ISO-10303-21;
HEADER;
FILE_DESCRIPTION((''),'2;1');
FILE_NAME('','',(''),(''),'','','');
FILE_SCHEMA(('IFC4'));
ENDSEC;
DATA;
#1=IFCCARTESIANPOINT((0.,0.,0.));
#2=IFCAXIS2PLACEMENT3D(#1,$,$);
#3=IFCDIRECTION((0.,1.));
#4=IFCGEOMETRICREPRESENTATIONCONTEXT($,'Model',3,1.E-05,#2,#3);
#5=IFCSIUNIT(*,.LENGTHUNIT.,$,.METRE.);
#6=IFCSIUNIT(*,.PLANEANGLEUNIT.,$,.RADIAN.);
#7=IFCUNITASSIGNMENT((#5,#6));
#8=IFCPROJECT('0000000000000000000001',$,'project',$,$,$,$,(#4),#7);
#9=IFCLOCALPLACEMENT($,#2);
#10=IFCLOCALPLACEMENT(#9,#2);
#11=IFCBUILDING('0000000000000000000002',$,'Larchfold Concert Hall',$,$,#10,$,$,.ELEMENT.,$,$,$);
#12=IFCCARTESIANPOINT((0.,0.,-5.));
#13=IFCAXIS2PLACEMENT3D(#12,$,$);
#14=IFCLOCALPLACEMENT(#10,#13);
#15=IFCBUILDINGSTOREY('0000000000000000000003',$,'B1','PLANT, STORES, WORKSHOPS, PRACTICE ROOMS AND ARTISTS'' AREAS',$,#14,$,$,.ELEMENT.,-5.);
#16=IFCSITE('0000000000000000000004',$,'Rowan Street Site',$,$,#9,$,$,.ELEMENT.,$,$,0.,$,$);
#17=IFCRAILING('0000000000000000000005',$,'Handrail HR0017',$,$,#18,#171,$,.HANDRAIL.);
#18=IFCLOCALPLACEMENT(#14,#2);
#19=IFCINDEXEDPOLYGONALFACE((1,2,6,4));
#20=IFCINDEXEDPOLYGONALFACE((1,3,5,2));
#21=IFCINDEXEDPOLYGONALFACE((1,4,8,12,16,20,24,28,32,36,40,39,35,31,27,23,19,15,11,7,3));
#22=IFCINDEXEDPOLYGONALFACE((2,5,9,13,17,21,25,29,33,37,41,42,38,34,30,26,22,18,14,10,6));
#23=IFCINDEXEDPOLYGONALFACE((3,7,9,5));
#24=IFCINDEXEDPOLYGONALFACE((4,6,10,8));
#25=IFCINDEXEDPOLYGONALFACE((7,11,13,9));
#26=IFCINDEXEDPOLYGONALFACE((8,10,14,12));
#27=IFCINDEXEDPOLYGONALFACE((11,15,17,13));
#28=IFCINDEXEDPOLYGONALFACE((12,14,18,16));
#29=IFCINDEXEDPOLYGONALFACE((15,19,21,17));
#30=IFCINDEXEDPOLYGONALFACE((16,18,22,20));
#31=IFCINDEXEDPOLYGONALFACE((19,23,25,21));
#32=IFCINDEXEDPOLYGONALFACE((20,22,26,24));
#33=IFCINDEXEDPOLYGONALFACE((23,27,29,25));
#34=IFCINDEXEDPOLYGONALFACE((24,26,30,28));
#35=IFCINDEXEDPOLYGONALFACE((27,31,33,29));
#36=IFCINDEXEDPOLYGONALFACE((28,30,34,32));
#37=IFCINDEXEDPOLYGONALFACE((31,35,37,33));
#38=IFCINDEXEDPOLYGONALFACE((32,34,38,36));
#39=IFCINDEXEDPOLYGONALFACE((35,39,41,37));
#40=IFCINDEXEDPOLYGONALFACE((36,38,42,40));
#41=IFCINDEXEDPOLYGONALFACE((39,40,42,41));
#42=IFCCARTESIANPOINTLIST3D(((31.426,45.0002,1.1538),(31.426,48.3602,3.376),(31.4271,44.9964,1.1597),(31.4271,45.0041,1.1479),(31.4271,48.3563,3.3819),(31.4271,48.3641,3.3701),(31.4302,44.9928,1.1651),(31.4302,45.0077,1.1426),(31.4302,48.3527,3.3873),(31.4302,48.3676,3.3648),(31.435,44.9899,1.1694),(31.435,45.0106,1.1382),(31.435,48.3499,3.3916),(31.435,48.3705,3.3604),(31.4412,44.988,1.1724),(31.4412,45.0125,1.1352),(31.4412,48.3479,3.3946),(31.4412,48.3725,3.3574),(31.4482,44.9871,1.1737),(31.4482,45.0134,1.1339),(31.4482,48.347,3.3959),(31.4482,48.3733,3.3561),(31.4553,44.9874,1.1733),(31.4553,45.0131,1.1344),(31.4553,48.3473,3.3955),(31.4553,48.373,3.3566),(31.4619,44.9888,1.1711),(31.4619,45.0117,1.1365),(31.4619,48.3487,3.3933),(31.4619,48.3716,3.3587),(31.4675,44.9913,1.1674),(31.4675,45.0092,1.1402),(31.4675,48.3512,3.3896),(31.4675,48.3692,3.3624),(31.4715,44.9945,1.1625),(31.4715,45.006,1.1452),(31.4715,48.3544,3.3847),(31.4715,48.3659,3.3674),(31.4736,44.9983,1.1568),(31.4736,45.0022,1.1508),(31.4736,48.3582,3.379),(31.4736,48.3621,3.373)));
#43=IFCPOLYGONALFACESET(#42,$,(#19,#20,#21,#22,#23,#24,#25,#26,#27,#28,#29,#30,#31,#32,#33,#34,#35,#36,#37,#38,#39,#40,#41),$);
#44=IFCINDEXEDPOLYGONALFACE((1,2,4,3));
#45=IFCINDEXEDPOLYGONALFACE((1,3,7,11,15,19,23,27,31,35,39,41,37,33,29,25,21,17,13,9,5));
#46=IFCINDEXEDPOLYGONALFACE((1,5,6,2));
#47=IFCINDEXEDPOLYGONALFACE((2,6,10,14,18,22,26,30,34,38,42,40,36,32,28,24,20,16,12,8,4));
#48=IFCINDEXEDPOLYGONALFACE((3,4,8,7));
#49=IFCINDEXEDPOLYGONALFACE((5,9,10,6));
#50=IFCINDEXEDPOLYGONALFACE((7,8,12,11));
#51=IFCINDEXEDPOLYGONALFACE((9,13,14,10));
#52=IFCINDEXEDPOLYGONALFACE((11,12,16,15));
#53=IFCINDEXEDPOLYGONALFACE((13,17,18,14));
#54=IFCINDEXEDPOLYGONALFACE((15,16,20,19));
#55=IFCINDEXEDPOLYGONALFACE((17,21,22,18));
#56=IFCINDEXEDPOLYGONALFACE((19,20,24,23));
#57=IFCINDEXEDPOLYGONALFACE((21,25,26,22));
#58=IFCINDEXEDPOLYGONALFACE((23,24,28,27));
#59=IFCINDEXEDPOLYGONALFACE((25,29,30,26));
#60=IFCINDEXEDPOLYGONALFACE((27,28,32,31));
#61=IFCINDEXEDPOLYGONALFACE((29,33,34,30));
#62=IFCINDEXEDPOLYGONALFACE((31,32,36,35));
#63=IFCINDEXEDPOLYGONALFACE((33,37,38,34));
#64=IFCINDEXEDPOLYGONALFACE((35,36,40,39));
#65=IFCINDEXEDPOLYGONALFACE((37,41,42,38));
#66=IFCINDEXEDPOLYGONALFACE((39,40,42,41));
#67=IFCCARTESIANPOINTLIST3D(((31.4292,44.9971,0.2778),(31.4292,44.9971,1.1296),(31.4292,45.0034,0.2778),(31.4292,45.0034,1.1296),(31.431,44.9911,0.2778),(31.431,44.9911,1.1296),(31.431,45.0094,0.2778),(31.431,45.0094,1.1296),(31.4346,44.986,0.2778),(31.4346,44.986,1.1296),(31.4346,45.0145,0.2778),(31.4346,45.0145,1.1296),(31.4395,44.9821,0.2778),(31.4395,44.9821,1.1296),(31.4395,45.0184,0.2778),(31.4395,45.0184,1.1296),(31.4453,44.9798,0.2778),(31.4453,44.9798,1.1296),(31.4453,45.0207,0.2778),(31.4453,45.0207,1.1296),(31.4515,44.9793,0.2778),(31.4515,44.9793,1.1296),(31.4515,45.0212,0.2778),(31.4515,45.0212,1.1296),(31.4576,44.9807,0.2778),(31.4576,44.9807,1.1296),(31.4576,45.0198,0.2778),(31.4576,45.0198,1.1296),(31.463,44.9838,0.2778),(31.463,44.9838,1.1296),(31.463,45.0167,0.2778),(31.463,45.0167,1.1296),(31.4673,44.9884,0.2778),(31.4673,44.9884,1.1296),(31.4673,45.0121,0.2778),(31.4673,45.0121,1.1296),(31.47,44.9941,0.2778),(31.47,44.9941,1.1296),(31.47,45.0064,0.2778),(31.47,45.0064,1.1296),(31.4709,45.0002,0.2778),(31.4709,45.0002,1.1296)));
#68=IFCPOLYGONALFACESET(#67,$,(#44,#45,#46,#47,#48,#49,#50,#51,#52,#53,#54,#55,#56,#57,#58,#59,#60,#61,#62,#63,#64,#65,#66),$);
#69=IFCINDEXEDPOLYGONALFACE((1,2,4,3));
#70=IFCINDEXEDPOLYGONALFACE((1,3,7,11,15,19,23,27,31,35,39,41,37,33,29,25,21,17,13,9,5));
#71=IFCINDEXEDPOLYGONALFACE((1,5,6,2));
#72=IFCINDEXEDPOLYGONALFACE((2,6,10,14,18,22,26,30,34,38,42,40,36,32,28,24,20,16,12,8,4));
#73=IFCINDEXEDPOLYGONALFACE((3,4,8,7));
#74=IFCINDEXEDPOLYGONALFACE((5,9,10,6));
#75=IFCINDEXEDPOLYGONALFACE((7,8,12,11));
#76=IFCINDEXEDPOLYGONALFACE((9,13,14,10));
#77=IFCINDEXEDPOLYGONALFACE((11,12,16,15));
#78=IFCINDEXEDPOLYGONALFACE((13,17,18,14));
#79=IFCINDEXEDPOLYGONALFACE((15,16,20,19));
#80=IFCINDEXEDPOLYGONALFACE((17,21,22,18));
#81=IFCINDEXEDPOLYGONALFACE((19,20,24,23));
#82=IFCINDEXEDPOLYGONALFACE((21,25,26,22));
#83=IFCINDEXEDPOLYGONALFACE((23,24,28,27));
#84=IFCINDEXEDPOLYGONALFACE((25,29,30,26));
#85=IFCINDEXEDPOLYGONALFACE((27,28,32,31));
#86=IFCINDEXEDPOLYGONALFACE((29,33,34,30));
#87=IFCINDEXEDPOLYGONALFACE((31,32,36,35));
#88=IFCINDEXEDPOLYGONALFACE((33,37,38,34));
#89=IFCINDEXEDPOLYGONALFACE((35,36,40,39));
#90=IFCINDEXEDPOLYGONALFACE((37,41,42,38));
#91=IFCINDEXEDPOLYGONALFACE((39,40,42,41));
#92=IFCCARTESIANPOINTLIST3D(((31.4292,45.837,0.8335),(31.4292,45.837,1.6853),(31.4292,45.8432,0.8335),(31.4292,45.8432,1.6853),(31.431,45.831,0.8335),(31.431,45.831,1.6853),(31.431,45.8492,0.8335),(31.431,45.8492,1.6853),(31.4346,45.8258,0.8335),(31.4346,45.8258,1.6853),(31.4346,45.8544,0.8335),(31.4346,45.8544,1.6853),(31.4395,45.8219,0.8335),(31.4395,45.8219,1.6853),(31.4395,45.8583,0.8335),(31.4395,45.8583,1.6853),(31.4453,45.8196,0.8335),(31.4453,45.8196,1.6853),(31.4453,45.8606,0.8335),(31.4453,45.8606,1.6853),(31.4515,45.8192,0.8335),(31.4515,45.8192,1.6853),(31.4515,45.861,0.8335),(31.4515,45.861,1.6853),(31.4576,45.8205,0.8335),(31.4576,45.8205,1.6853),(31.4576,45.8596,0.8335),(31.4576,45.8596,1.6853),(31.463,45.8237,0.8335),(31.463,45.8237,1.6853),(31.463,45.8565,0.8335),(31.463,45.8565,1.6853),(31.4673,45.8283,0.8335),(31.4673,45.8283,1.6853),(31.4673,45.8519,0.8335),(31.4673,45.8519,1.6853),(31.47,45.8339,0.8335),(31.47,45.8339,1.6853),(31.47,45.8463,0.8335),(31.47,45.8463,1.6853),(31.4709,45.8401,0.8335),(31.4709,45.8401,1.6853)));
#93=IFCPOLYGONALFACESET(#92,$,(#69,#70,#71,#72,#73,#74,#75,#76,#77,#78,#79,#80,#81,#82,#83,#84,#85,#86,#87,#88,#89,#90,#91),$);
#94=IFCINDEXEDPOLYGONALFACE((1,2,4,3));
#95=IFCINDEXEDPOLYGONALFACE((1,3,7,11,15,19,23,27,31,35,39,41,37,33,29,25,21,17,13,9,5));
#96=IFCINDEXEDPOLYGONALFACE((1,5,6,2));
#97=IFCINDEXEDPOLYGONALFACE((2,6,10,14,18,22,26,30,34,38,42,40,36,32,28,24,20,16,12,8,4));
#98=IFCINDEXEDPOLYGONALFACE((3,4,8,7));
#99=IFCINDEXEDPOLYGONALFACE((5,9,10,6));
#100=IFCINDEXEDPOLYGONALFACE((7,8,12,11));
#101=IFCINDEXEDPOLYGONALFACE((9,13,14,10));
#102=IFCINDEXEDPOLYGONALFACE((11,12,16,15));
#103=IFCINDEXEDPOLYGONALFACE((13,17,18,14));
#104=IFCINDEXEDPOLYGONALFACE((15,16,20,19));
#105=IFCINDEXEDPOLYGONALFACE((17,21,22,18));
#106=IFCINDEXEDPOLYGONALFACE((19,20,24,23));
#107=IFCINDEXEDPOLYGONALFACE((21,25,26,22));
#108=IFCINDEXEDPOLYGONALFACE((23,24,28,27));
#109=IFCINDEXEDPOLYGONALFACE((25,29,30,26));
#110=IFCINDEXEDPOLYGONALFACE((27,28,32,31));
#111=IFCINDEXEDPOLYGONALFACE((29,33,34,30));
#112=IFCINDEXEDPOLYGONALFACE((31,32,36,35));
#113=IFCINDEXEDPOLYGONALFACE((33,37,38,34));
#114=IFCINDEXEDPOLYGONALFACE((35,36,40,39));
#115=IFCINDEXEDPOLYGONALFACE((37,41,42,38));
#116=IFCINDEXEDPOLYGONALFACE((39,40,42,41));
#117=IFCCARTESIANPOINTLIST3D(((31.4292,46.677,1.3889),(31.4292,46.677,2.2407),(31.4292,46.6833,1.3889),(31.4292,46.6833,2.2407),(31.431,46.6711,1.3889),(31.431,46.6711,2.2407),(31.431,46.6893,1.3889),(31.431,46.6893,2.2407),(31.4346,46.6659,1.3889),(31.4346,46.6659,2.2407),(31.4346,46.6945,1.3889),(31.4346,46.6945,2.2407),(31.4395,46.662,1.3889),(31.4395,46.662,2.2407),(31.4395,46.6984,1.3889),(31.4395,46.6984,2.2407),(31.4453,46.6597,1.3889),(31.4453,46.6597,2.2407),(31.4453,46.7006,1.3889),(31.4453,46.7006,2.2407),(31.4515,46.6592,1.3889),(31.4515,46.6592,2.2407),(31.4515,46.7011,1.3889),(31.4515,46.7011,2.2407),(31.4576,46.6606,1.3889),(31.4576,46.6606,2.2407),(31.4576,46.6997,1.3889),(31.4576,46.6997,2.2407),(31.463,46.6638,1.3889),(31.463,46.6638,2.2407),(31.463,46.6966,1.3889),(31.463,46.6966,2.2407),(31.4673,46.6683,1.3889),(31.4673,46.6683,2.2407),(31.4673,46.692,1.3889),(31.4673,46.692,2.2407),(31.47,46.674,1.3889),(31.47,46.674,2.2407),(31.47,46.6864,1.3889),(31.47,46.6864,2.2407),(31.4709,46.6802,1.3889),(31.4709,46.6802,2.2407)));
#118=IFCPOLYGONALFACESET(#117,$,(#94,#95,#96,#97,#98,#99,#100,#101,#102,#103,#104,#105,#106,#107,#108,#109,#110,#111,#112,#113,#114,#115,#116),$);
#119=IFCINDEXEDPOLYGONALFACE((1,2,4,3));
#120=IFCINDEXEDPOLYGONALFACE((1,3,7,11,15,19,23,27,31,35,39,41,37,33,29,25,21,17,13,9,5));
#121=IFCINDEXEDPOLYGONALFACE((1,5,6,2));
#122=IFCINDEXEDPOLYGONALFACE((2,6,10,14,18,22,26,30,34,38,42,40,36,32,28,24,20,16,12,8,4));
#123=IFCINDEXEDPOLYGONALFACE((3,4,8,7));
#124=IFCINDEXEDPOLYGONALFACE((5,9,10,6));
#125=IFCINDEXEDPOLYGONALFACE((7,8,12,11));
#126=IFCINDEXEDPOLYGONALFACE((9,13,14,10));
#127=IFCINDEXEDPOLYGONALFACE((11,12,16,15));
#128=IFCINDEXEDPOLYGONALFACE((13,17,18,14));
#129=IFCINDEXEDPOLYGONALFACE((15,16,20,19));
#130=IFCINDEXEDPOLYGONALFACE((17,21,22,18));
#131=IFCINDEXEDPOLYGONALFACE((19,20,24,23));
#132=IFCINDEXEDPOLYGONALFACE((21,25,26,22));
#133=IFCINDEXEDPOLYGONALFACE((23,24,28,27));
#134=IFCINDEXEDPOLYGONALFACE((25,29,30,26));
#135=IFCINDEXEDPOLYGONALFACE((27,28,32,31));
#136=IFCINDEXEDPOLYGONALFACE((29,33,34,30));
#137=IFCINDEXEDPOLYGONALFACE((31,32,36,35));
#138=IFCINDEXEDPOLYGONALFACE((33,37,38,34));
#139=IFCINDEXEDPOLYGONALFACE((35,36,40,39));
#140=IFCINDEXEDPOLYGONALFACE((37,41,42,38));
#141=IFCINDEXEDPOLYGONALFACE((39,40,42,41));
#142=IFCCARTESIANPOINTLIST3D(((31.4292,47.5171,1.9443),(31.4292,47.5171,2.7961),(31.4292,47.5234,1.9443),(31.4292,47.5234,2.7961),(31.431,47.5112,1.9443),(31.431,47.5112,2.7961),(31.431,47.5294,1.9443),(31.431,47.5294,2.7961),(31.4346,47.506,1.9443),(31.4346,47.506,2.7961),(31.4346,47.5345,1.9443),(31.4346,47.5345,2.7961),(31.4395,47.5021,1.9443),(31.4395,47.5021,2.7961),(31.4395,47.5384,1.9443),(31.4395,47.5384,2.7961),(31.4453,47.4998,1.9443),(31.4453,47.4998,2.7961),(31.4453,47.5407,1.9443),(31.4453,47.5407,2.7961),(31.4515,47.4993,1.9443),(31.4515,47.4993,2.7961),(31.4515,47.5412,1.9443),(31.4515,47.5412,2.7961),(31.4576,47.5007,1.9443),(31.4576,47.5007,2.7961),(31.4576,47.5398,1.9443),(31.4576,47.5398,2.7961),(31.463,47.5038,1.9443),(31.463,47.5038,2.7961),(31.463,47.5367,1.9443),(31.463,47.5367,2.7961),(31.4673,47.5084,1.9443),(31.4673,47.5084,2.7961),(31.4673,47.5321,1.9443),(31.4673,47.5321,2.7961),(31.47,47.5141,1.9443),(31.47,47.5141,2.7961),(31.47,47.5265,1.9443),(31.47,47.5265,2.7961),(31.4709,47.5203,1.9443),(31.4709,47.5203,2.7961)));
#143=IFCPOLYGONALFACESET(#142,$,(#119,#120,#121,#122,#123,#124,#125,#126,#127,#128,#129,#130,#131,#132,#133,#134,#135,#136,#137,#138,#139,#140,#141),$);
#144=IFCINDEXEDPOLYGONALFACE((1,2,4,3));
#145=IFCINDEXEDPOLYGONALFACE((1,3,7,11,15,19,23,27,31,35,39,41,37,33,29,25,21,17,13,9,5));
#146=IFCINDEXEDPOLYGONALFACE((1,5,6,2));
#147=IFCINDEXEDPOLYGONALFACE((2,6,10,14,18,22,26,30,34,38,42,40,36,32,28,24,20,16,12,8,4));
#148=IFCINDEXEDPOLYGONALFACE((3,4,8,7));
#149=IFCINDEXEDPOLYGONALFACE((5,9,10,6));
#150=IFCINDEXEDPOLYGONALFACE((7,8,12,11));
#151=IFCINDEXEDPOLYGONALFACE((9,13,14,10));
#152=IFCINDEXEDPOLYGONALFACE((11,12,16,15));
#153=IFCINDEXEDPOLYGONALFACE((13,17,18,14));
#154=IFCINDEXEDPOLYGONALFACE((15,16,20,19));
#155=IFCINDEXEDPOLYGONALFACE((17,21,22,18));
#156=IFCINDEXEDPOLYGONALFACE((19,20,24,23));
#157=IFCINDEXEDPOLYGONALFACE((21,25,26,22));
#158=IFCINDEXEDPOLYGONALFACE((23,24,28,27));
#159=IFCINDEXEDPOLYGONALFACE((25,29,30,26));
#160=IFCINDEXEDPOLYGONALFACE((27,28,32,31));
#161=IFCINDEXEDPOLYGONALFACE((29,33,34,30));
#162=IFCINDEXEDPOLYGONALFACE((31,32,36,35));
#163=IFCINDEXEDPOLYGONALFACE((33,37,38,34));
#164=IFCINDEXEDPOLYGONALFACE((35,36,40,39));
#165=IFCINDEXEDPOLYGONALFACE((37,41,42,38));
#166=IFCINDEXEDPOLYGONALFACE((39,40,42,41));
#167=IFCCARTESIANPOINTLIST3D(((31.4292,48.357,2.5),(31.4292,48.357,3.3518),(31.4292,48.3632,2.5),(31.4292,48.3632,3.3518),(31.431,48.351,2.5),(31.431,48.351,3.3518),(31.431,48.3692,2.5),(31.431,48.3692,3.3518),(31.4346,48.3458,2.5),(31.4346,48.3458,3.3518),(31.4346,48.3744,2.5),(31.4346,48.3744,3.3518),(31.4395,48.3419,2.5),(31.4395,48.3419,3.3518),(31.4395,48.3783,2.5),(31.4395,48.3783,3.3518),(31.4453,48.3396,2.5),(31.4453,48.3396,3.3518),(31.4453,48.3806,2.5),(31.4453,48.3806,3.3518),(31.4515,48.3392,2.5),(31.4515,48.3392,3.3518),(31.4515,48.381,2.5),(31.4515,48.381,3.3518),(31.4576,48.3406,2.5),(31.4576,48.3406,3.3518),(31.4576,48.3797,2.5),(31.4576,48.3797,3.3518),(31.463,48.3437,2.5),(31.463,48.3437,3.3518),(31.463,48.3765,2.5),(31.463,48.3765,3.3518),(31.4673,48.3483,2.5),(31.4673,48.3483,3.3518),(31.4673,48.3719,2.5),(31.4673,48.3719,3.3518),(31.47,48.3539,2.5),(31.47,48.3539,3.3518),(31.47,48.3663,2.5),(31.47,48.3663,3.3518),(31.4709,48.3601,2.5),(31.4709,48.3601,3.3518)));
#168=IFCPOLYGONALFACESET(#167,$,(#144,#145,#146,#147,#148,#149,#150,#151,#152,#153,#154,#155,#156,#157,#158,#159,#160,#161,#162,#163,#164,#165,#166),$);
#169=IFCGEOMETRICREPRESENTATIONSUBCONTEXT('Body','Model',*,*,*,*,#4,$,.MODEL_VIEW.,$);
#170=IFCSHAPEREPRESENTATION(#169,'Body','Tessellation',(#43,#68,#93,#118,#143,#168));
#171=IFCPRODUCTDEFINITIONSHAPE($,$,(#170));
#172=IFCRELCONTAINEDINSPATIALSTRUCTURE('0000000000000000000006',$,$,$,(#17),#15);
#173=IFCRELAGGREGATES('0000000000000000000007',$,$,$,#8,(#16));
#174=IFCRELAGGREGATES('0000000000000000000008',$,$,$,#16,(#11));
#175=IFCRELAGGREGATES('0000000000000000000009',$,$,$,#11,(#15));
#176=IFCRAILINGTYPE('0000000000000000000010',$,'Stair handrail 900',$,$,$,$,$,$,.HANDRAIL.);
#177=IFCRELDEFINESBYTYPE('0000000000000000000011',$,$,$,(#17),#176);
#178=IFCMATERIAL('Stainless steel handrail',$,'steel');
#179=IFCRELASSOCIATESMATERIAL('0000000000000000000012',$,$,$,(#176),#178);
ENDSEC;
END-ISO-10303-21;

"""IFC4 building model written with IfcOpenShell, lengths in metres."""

from ifc_helpers import new_model, si_unit, direction, frame, origin, origin_2d, place, context, subcontext, project, spatial, circle, extrude, material, type_object, element, save


model = new_model("IFC4")

# Units and contexts
model_context = context("Model", 3, precision=1e-05, world=origin(), true_north=direction((0.0, 1.0)))
body_context = subcontext(model_context, "Body", "Model", "MODEL_VIEW")
ifc_project = project(units=[si_unit("LENGTHUNIT", "METRE"), si_unit("PLANEANGLEUNIT", "RADIAN")], contexts=[model_context])

# Site, building, storey
site_placement = place(None, origin())
site = spatial("IfcSite", under=ifc_project, at=site_placement, Name="Rowan Street Site", CompositionType="ELEMENT", RefElevation=0.0)
building_placement = place(site_placement, origin())
building = spatial("IfcBuilding", under=site, at=building_placement, Name="Larchfold Concert Hall", CompositionType="ELEMENT")
storey_placement = place(building_placement, frame((0.0, 0.0, -5.0)))
storey = spatial("IfcBuildingStorey", under=building, at=storey_placement, Name="B1", Description="PLANT, STORES, WORKSHOPS, PRACTICE ROOMS AND ARTISTS' AREAS", CompositionType="ELEMENT", Elevation=-5.0)

# Railing
ifc_material_1 = material(Name="Stainless steel handrail", Category="steel")
railing_type_1 = type_object("IfcRailingType", Name="Stair handrail 900", PredefinedType="HANDRAIL", material=ifc_material_1)
railing_1_placement = place(storey_placement, frame((31.45, 45.0002, 0.2778)))
element("IfcRailing", 1, at=railing_1_placement, inside=storey, type_object=railing_type_1, Name="Handrail HR0017", PredefinedType="HANDRAIL", context=body_context, shape_type="SweptSolid", body=[
    extrude(circle(Radius=0.0239, at=origin_2d()), frame((0.0, 0.0, 0.876), z_axis=(0.0, 0.834077, 0.551647), x_axis=(-1.0, 0.0, 0.0)), (0.0, 0.0, 1.0), 4.0283),
    extrude(circle(Radius=0.021, at=origin_2d()), origin(), (0.0, 0.0, 1.0), 0.8518),
    extrude(circle(Radius=0.021, at=origin_2d()), frame((0.0, 0.8398, 0.5557)), (0.0, 0.0, 1.0), 0.8518),
    extrude(circle(Radius=0.021, at=origin_2d()), frame((0.0, 1.6799, 1.1111)), (0.0, 0.0, 1.0), 0.8518),
    extrude(circle(Radius=0.021, at=origin_2d()), frame((0.0, 2.52, 1.6665)), (0.0, 0.0, 1.0), 0.8518),
    extrude(circle(Radius=0.021, at=origin_2d()), frame((0.0, 3.3599, 2.2222)), (0.0, 0.0, 1.0), 0.8518),
])

save(model, "model.ifc")
